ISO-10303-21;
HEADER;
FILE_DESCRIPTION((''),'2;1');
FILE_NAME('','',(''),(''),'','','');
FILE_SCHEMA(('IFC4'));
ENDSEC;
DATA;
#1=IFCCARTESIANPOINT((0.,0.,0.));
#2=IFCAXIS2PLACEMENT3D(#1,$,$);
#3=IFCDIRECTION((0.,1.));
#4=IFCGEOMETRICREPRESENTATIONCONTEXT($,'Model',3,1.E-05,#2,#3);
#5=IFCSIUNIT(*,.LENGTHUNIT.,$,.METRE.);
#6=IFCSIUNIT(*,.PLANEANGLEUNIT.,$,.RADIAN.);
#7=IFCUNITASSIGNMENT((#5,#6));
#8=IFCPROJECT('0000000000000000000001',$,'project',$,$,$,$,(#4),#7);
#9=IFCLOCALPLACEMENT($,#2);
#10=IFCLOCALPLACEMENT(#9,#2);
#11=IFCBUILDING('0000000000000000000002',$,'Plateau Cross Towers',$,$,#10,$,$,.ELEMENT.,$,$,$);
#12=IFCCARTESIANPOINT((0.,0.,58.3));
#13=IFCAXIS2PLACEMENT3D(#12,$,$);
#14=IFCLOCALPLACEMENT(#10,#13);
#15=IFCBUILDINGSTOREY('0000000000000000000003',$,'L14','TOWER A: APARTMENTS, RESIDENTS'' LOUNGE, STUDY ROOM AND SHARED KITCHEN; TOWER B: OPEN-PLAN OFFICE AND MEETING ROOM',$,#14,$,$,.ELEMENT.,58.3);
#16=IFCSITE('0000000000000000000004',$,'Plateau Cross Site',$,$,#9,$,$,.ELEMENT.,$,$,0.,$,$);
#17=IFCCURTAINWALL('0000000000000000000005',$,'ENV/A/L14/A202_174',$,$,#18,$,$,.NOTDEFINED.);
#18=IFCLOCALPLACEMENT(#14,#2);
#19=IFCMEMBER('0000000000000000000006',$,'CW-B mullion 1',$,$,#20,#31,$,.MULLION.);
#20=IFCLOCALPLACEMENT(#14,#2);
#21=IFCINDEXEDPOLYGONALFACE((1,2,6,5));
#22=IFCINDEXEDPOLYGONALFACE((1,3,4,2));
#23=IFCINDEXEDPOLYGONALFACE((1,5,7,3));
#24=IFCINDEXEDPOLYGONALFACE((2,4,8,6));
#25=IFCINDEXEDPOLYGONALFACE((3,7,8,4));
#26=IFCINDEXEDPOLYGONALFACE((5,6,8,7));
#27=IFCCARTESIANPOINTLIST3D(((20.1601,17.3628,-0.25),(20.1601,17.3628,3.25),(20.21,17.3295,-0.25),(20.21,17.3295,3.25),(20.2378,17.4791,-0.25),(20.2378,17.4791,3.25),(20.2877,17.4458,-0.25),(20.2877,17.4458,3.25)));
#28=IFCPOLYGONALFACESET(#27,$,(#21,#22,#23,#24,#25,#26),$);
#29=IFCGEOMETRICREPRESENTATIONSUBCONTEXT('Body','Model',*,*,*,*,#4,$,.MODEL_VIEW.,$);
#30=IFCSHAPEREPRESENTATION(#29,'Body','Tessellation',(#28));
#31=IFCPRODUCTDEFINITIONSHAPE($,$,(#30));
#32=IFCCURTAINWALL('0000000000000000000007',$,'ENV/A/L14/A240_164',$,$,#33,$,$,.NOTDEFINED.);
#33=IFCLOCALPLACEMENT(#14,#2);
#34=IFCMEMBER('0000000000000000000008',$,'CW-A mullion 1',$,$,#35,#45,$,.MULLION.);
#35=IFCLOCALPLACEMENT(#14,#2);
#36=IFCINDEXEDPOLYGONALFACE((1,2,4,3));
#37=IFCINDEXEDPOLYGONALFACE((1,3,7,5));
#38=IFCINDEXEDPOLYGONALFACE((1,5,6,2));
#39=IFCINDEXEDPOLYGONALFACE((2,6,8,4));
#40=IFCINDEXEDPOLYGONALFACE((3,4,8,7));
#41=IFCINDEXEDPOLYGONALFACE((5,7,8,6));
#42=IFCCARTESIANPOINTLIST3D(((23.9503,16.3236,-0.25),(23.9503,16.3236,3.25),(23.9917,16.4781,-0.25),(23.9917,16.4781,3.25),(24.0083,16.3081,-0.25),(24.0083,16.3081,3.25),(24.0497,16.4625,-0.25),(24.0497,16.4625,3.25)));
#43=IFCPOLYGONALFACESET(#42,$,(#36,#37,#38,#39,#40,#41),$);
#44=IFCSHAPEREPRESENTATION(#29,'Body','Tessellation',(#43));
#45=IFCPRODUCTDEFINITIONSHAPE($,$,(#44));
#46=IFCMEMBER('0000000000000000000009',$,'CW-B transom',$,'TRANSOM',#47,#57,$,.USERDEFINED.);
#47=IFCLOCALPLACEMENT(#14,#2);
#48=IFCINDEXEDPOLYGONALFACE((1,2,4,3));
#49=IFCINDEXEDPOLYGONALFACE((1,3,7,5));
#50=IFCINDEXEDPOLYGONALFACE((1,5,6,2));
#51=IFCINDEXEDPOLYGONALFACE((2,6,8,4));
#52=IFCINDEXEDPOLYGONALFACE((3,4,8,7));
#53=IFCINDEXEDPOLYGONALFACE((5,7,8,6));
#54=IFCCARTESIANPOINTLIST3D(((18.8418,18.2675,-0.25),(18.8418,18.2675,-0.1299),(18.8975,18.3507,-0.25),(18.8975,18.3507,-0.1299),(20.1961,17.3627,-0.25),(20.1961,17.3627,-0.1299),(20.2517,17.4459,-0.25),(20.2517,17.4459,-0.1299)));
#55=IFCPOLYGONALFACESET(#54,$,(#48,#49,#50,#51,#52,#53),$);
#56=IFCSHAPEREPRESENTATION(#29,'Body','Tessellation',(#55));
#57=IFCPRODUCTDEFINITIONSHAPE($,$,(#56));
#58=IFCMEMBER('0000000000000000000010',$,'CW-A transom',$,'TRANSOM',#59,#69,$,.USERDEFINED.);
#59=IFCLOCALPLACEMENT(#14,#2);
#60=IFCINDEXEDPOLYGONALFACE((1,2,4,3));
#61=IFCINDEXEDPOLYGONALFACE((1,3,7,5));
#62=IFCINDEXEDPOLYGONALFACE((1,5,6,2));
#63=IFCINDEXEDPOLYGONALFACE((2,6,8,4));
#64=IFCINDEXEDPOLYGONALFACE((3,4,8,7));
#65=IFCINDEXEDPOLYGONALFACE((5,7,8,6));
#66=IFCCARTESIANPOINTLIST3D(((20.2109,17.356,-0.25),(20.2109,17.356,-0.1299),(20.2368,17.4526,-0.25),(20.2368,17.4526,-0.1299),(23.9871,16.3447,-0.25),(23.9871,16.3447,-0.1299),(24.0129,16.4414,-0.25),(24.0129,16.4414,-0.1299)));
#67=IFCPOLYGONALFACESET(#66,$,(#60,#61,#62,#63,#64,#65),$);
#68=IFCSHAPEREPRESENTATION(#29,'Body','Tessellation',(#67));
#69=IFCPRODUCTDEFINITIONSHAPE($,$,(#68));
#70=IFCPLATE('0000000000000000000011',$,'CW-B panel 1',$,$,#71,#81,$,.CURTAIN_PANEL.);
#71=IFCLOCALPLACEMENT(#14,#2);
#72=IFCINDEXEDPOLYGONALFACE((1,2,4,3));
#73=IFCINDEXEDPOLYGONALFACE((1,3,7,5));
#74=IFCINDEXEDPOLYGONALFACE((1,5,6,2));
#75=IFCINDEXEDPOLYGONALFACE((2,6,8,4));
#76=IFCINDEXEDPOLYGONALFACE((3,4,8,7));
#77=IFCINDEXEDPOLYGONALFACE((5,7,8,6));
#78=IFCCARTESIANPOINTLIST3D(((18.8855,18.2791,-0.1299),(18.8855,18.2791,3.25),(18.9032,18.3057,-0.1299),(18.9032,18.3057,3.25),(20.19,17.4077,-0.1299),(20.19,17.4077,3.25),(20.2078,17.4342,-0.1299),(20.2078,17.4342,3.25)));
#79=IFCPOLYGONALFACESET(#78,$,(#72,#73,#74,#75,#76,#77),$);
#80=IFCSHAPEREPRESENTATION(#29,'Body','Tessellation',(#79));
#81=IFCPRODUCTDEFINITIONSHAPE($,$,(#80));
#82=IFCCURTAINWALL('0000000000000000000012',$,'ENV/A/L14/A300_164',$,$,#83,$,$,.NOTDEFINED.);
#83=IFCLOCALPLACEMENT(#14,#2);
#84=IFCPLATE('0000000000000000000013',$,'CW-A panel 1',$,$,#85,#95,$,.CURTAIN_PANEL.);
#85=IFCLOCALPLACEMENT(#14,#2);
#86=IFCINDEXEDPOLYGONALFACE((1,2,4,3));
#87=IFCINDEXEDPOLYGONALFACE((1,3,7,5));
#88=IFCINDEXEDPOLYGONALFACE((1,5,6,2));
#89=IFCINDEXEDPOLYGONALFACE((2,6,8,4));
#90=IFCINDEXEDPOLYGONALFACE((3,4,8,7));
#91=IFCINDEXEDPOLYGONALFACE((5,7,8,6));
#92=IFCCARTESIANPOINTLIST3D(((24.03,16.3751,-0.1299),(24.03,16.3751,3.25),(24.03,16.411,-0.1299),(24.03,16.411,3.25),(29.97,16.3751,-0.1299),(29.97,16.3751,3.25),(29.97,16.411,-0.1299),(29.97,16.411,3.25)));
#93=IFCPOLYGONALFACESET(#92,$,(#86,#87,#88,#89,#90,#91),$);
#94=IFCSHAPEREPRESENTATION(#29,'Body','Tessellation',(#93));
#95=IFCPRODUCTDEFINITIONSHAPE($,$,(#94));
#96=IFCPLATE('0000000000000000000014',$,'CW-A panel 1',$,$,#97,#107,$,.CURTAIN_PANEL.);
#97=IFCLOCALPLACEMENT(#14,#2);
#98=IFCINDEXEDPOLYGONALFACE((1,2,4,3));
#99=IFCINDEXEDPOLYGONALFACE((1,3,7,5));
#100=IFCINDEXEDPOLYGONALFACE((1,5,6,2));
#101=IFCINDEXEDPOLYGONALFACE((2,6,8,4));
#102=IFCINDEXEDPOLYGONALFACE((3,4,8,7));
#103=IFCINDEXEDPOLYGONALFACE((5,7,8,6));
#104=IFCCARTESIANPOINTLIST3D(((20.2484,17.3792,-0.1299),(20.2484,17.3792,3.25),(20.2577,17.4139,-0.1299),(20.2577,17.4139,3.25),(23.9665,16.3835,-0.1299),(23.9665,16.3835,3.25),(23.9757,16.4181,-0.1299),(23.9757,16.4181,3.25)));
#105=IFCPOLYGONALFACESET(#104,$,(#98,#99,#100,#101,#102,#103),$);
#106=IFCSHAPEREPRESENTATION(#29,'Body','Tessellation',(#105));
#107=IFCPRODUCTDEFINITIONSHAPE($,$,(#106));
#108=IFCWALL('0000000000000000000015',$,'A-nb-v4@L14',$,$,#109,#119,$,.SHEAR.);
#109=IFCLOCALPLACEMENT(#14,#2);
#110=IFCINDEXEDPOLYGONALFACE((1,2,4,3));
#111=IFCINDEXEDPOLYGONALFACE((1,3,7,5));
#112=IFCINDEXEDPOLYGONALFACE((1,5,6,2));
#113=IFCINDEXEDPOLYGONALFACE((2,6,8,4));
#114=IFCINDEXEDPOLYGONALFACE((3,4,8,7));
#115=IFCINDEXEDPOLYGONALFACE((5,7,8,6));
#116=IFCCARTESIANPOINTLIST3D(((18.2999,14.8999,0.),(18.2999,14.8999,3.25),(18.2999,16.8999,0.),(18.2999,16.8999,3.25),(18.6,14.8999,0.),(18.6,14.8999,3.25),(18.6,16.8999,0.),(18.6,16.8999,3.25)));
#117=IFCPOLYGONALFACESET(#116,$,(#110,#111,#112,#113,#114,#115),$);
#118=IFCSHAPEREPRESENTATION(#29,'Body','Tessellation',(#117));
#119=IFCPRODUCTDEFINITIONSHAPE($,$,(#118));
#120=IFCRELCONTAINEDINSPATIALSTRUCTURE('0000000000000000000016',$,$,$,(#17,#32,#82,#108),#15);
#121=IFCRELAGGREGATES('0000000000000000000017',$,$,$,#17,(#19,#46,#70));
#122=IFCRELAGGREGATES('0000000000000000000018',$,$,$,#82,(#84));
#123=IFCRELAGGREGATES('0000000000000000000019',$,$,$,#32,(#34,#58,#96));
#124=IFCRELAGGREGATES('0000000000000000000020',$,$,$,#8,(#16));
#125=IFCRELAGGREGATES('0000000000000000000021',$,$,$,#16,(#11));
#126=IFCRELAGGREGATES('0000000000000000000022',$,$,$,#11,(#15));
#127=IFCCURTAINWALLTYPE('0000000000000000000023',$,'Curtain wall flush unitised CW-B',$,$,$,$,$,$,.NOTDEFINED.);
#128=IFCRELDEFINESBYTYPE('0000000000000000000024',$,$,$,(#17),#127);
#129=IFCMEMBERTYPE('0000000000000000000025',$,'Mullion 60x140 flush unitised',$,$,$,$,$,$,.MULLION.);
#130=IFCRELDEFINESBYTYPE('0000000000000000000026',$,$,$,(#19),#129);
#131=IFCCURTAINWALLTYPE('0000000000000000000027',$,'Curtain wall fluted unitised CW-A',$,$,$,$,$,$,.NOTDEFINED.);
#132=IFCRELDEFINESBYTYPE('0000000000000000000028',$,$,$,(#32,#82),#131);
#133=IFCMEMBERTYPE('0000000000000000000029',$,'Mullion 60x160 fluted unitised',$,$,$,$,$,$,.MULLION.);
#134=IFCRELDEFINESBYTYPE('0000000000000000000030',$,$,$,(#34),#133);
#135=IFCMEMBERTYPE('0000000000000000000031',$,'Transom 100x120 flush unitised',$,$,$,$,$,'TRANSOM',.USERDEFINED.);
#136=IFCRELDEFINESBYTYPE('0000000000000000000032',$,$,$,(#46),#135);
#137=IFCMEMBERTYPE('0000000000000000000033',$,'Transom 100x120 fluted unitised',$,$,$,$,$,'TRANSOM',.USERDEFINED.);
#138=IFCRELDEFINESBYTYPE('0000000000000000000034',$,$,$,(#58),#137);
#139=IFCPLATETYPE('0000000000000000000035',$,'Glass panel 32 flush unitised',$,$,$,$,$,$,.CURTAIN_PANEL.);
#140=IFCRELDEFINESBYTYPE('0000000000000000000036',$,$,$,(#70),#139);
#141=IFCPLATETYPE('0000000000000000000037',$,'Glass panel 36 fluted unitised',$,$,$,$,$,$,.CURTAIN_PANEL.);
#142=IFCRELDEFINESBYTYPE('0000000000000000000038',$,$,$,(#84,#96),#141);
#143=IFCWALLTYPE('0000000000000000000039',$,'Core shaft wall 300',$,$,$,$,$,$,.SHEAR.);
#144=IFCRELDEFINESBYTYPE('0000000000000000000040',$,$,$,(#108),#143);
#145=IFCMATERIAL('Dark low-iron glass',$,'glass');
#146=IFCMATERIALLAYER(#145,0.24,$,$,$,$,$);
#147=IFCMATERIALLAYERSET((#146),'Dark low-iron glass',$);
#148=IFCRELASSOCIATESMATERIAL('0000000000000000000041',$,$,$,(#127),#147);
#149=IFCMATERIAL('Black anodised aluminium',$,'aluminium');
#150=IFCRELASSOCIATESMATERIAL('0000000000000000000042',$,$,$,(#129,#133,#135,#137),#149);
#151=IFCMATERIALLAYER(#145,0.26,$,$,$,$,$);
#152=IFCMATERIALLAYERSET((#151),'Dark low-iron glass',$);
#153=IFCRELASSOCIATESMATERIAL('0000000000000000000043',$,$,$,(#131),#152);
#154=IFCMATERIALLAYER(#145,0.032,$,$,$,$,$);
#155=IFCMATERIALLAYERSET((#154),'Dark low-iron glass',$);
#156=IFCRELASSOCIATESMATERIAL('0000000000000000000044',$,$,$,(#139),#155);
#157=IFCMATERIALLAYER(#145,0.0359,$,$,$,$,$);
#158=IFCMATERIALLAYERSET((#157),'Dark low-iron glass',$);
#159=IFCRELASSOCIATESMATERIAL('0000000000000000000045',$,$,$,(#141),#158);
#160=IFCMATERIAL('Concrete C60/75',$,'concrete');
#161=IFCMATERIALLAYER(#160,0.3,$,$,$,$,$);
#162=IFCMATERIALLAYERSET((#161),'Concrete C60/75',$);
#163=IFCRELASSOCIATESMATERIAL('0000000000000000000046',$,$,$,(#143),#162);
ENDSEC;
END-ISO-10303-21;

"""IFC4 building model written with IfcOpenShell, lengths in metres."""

from ifc_helpers import new_model, si_unit, direction, frame, frame_2d, origin, origin_2d, place, context, subcontext, project, spatial, rectangle, extrude, material, layer, layer_set, material_profile, profile_set, type_object, element, aggregate, save


model = new_model("IFC4")

# Units and contexts
model_context = context("Model", 3, precision=1e-05, world=origin(), true_north=direction((0.0, 1.0)))
body_context = subcontext(model_context, "Body", "Model", "MODEL_VIEW")
ifc_project = project(units=[si_unit("LENGTHUNIT", "METRE"), si_unit("PLANEANGLEUNIT", "RADIAN")], contexts=[model_context])

# Site, building, storey
site_placement = place(None, origin())
site = spatial("IfcSite", under=ifc_project, at=site_placement, Name="Plateau Cross Site", CompositionType="ELEMENT", RefElevation=0.0)
building_placement = place(site_placement, origin())
building = spatial("IfcBuilding", under=site, at=building_placement, Name="Plateau Cross Towers", CompositionType="ELEMENT")
storey_placement = place(building_placement, frame((0.0, 0.0, 58.3)))
storey = spatial("IfcBuildingStorey", under=building, at=storey_placement, Name="L14", Description="TOWER A: APARTMENTS, RESIDENTS' LOUNGE, STUDY ROOM AND SHARED KITCHEN; TOWER B: OPEN-PLAN OFFICE AND MEETING ROOM", CompositionType="ELEMENT", Elevation=58.3)

# Curtain walls, members
ifc_material_1 = material(Name="Dark low-iron glass", Category="glass")
ifc_layer_1 = layer(ifc_material_1, 0.24)
ifc_layer_set_1 = layer_set([ifc_layer_1], Name="Dark low-iron glass")
curtain_wall_type_1 = type_object("IfcCurtainWallType", Name="Curtain wall flush unitised CW-B", PredefinedType="NOTDEFINED", material=ifc_layer_set_1)
curtain_wall_1_placement = place(storey_placement, origin())
curtain_wall_1 = element("IfcCurtainWall", 1, at=curtain_wall_1_placement, inside=storey, type_object=curtain_wall_type_1, Name="ENV/A/L14/A202_174", PredefinedType="NOTDEFINED")
ifc_material_2 = material(Name="Black anodised aluminium", Category="aluminium")
ifc_material_profile_1 = material_profile(ifc_material_2, rectangle(XDim=0.0601, YDim=0.1399, at=origin_2d()), Name="MULLION 60x140")
ifc_profile_set_1 = profile_set([ifc_material_profile_1], Name="Black anodised aluminium")
member_type_1 = type_object("IfcMemberType", Name="Mullion 60x140 flush unitised", PredefinedType="MULLION", material=ifc_profile_set_1)
member_1_placement = place(storey_placement, frame((20.2239, 17.4043, -0.25), z_axis=(0.0, 0.0, 1.0), x_axis=(-0.831521, 0.555493, 0.0)))
member_1 = element("IfcMember", 2, at=member_1_placement, type_object=member_type_1, Name="CW-B mullion 1", PredefinedType="MULLION", context=body_context, shape_type="SweptSolid", body=[
    extrude(rectangle(XDim=0.0601, YDim=0.1399, at=origin_2d()), origin(), (0.0, 0.0, 1.0), 3.5),
])
ifc_layer_2 = layer(ifc_material_1, 0.26)
ifc_layer_set_2 = layer_set([ifc_layer_2], Name="Dark low-iron glass")
curtain_wall_type_2 = type_object("IfcCurtainWallType", Name="Curtain wall fluted unitised CW-A", PredefinedType="NOTDEFINED", material=ifc_layer_set_2)
curtain_wall_2_placement = place(storey_placement, origin())
curtain_wall_2 = element("IfcCurtainWall", 3, at=curtain_wall_2_placement, inside=storey, type_object=curtain_wall_type_2, Name="ENV/A/L14/A240_164", PredefinedType="NOTDEFINED")
ifc_material_profile_2 = material_profile(ifc_material_2, rectangle(XDim=0.0601, YDim=0.1599, at=origin_2d()), Name="MULLION 60x160")
ifc_profile_set_2 = profile_set([ifc_material_profile_2], Name="Black anodised aluminium")
member_type_2 = type_object("IfcMemberType", Name="Mullion 60x160 fluted unitised", PredefinedType="MULLION", material=ifc_profile_set_2)
member_2_placement = place(storey_placement, frame((24.0, 16.3931, -0.25), z_axis=(0.0, 0.0, 1.0), x_axis=(-0.965958, 0.258699, 0.0)))
member_2 = element("IfcMember", 4, at=member_2_placement, type_object=member_type_2, Name="CW-A mullion 1", PredefinedType="MULLION", context=body_context, shape_type="SweptSolid", body=[
    extrude(rectangle(XDim=0.0601, YDim=0.1599, at=origin_2d()), origin(), (0.0, 0.0, 1.0), 3.5),
])

# Members
ifc_material_profile_3 = material_profile(ifc_material_2, rectangle(XDim=0.1001, YDim=0.1201, at=origin_2d()), Name="TRANSOM 100x120")
ifc_profile_set_3 = profile_set([ifc_material_profile_3], Name="Black anodised aluminium")
member_type_3 = type_object("IfcMemberType", Name="Transom 100x120 flush unitised", ElementType="TRANSOM", PredefinedType="USERDEFINED", material=ifc_profile_set_3)
member_3_placement = place(storey_placement, frame((20.2239, 17.4043, -0.1899), z_axis=(-0.831496, 0.55553, 0.0), x_axis=(-0.55553, -0.831496, 0.0)))
member_3 = element("IfcMember", 5, at=member_3_placement, type_object=member_type_3, Name="CW-B transom", ObjectType="TRANSOM", PredefinedType="USERDEFINED", context=body_context, shape_type="SweptSolid", body=[
    extrude(rectangle(XDim=0.1001, YDim=0.1201, at=origin_2d()), origin(), (0.0, 0.0, 1.0), 1.6287),
])
ifc_material_profile_4 = material_profile(ifc_material_2, rectangle(XDim=0.1001, YDim=0.1201, at=origin_2d()), Name="TRANSOM 100x120")
ifc_profile_set_4 = profile_set([ifc_material_profile_4], Name="Black anodised aluminium")
member_type_4 = type_object("IfcMemberType", Name="Transom 100x120 fluted unitised", ElementType="TRANSOM", PredefinedType="USERDEFINED", material=ifc_profile_set_4)
member_4_placement = place(storey_placement, frame((24.0, 16.3931, -0.1899), z_axis=(-0.965963, 0.258681, 0.0), x_axis=(-0.258681, -0.965963, 0.0)))
member_4 = element("IfcMember", 6, at=member_4_placement, type_object=member_type_4, Name="CW-A transom", ObjectType="TRANSOM", PredefinedType="USERDEFINED", context=body_context, shape_type="SweptSolid", body=[
    extrude(rectangle(XDim=0.1001, YDim=0.1201, at=origin_2d()), origin(), (0.0, 0.0, 1.0), 3.9092),
])

# Plate
ifc_layer_3 = layer(ifc_material_1, 0.032)
ifc_layer_set_3 = layer_set([ifc_layer_3], Name="Dark low-iron glass")
plate_type_1 = type_object("IfcPlateType", Name="Glass panel 32 flush unitised", PredefinedType="CURTAIN_PANEL", material=ifc_layer_set_3)
plate_1_placement = place(storey_placement, frame((19.5466, 17.8567, -0.1299), z_axis=(0.0, 0.0, 1.0), x_axis=(-0.831521, 0.555493, 0.0)))
plate_1 = element("IfcPlate", 7, at=plate_1_placement, type_object=plate_type_1, Name="CW-B panel 1", PredefinedType="CURTAIN_PANEL", context=body_context, shape_type="SweptSolid", body=[
    extrude(rectangle(XDim=1.5688, YDim=0.032, at=origin_2d()), origin(), (0.0, 0.0, 1.0), 3.3799),
])
aggregate(curtain_wall_1, [member_1, member_3, plate_1])

# Curtain wall, plate
curtain_wall_3_placement = place(storey_placement, origin())
curtain_wall_3 = element("IfcCurtainWall", 8, at=curtain_wall_3_placement, inside=storey, type_object=curtain_wall_type_2, Name="ENV/A/L14/A300_164", PredefinedType="NOTDEFINED")
ifc_layer_4 = layer(ifc_material_1, 0.0359)
ifc_layer_set_4 = layer_set([ifc_layer_4], Name="Dark low-iron glass")
plate_type_2 = type_object("IfcPlateType", Name="Glass panel 36 fluted unitised", PredefinedType="CURTAIN_PANEL", material=ifc_layer_set_4)
plate_2_placement = place(storey_placement, frame((27.0, 16.3931, -0.1299), z_axis=(0.0, 0.0, 1.0), x_axis=(-1.0, 0.0, 0.0)))
plate_2 = element("IfcPlate", 9, at=plate_2_placement, type_object=plate_type_2, Name="CW-A panel 1", PredefinedType="CURTAIN_PANEL", context=body_context, shape_type="SweptSolid", body=[
    extrude(rectangle(XDim=5.9399, YDim=0.0359, at=origin_2d()), origin(), (0.0, 0.0, 1.0), 3.3799),
])
aggregate(curtain_wall_3, [plate_2])

# Plate
plate_3_placement = place(storey_placement, frame((22.1121, 16.8987, -0.1299), z_axis=(0.0, 0.0, 1.0), x_axis=(-0.965958, 0.258699, 0.0)))
plate_3 = element("IfcPlate", 10, at=plate_3_placement, type_object=plate_type_2, Name="CW-A panel 1", PredefinedType="CURTAIN_PANEL", context=body_context, shape_type="SweptSolid", body=[
    extrude(rectangle(XDim=3.8491, YDim=0.0359, at=origin_2d()), origin(), (0.0, 0.0, 1.0), 3.3799),
])
aggregate(curtain_wall_2, [member_2, member_4, plate_3])

# Wall
ifc_material_3 = material(Name="Concrete C60/75", Category="concrete")
ifc_layer_5 = layer(ifc_material_3, 0.3)
ifc_layer_set_5 = layer_set([ifc_layer_5], Name="Concrete C60/75")
wall_type = type_object("IfcWallType", Name="Core shaft wall 300", PredefinedType="SHEAR", material=ifc_layer_set_5)
wall_placement = place(storey_placement, frame((18.45, 14.8999, 0.0), z_axis=(0.0, 0.0, 1.0), x_axis=(0.0, 1.0, 0.0)))
element("IfcWall", 11, at=wall_placement, inside=storey, type_object=wall_type, Name="A-nb-v4@L14", PredefinedType="SHEAR", context=body_context, shape_type="SweptSolid", body=[
    extrude(rectangle(XDim=2.0, YDim=0.3, at=frame_2d((1.0, 0.0))), origin(), (0.0, 0.0, 1.0), 3.25),
])

save(model, "model.ifc")
